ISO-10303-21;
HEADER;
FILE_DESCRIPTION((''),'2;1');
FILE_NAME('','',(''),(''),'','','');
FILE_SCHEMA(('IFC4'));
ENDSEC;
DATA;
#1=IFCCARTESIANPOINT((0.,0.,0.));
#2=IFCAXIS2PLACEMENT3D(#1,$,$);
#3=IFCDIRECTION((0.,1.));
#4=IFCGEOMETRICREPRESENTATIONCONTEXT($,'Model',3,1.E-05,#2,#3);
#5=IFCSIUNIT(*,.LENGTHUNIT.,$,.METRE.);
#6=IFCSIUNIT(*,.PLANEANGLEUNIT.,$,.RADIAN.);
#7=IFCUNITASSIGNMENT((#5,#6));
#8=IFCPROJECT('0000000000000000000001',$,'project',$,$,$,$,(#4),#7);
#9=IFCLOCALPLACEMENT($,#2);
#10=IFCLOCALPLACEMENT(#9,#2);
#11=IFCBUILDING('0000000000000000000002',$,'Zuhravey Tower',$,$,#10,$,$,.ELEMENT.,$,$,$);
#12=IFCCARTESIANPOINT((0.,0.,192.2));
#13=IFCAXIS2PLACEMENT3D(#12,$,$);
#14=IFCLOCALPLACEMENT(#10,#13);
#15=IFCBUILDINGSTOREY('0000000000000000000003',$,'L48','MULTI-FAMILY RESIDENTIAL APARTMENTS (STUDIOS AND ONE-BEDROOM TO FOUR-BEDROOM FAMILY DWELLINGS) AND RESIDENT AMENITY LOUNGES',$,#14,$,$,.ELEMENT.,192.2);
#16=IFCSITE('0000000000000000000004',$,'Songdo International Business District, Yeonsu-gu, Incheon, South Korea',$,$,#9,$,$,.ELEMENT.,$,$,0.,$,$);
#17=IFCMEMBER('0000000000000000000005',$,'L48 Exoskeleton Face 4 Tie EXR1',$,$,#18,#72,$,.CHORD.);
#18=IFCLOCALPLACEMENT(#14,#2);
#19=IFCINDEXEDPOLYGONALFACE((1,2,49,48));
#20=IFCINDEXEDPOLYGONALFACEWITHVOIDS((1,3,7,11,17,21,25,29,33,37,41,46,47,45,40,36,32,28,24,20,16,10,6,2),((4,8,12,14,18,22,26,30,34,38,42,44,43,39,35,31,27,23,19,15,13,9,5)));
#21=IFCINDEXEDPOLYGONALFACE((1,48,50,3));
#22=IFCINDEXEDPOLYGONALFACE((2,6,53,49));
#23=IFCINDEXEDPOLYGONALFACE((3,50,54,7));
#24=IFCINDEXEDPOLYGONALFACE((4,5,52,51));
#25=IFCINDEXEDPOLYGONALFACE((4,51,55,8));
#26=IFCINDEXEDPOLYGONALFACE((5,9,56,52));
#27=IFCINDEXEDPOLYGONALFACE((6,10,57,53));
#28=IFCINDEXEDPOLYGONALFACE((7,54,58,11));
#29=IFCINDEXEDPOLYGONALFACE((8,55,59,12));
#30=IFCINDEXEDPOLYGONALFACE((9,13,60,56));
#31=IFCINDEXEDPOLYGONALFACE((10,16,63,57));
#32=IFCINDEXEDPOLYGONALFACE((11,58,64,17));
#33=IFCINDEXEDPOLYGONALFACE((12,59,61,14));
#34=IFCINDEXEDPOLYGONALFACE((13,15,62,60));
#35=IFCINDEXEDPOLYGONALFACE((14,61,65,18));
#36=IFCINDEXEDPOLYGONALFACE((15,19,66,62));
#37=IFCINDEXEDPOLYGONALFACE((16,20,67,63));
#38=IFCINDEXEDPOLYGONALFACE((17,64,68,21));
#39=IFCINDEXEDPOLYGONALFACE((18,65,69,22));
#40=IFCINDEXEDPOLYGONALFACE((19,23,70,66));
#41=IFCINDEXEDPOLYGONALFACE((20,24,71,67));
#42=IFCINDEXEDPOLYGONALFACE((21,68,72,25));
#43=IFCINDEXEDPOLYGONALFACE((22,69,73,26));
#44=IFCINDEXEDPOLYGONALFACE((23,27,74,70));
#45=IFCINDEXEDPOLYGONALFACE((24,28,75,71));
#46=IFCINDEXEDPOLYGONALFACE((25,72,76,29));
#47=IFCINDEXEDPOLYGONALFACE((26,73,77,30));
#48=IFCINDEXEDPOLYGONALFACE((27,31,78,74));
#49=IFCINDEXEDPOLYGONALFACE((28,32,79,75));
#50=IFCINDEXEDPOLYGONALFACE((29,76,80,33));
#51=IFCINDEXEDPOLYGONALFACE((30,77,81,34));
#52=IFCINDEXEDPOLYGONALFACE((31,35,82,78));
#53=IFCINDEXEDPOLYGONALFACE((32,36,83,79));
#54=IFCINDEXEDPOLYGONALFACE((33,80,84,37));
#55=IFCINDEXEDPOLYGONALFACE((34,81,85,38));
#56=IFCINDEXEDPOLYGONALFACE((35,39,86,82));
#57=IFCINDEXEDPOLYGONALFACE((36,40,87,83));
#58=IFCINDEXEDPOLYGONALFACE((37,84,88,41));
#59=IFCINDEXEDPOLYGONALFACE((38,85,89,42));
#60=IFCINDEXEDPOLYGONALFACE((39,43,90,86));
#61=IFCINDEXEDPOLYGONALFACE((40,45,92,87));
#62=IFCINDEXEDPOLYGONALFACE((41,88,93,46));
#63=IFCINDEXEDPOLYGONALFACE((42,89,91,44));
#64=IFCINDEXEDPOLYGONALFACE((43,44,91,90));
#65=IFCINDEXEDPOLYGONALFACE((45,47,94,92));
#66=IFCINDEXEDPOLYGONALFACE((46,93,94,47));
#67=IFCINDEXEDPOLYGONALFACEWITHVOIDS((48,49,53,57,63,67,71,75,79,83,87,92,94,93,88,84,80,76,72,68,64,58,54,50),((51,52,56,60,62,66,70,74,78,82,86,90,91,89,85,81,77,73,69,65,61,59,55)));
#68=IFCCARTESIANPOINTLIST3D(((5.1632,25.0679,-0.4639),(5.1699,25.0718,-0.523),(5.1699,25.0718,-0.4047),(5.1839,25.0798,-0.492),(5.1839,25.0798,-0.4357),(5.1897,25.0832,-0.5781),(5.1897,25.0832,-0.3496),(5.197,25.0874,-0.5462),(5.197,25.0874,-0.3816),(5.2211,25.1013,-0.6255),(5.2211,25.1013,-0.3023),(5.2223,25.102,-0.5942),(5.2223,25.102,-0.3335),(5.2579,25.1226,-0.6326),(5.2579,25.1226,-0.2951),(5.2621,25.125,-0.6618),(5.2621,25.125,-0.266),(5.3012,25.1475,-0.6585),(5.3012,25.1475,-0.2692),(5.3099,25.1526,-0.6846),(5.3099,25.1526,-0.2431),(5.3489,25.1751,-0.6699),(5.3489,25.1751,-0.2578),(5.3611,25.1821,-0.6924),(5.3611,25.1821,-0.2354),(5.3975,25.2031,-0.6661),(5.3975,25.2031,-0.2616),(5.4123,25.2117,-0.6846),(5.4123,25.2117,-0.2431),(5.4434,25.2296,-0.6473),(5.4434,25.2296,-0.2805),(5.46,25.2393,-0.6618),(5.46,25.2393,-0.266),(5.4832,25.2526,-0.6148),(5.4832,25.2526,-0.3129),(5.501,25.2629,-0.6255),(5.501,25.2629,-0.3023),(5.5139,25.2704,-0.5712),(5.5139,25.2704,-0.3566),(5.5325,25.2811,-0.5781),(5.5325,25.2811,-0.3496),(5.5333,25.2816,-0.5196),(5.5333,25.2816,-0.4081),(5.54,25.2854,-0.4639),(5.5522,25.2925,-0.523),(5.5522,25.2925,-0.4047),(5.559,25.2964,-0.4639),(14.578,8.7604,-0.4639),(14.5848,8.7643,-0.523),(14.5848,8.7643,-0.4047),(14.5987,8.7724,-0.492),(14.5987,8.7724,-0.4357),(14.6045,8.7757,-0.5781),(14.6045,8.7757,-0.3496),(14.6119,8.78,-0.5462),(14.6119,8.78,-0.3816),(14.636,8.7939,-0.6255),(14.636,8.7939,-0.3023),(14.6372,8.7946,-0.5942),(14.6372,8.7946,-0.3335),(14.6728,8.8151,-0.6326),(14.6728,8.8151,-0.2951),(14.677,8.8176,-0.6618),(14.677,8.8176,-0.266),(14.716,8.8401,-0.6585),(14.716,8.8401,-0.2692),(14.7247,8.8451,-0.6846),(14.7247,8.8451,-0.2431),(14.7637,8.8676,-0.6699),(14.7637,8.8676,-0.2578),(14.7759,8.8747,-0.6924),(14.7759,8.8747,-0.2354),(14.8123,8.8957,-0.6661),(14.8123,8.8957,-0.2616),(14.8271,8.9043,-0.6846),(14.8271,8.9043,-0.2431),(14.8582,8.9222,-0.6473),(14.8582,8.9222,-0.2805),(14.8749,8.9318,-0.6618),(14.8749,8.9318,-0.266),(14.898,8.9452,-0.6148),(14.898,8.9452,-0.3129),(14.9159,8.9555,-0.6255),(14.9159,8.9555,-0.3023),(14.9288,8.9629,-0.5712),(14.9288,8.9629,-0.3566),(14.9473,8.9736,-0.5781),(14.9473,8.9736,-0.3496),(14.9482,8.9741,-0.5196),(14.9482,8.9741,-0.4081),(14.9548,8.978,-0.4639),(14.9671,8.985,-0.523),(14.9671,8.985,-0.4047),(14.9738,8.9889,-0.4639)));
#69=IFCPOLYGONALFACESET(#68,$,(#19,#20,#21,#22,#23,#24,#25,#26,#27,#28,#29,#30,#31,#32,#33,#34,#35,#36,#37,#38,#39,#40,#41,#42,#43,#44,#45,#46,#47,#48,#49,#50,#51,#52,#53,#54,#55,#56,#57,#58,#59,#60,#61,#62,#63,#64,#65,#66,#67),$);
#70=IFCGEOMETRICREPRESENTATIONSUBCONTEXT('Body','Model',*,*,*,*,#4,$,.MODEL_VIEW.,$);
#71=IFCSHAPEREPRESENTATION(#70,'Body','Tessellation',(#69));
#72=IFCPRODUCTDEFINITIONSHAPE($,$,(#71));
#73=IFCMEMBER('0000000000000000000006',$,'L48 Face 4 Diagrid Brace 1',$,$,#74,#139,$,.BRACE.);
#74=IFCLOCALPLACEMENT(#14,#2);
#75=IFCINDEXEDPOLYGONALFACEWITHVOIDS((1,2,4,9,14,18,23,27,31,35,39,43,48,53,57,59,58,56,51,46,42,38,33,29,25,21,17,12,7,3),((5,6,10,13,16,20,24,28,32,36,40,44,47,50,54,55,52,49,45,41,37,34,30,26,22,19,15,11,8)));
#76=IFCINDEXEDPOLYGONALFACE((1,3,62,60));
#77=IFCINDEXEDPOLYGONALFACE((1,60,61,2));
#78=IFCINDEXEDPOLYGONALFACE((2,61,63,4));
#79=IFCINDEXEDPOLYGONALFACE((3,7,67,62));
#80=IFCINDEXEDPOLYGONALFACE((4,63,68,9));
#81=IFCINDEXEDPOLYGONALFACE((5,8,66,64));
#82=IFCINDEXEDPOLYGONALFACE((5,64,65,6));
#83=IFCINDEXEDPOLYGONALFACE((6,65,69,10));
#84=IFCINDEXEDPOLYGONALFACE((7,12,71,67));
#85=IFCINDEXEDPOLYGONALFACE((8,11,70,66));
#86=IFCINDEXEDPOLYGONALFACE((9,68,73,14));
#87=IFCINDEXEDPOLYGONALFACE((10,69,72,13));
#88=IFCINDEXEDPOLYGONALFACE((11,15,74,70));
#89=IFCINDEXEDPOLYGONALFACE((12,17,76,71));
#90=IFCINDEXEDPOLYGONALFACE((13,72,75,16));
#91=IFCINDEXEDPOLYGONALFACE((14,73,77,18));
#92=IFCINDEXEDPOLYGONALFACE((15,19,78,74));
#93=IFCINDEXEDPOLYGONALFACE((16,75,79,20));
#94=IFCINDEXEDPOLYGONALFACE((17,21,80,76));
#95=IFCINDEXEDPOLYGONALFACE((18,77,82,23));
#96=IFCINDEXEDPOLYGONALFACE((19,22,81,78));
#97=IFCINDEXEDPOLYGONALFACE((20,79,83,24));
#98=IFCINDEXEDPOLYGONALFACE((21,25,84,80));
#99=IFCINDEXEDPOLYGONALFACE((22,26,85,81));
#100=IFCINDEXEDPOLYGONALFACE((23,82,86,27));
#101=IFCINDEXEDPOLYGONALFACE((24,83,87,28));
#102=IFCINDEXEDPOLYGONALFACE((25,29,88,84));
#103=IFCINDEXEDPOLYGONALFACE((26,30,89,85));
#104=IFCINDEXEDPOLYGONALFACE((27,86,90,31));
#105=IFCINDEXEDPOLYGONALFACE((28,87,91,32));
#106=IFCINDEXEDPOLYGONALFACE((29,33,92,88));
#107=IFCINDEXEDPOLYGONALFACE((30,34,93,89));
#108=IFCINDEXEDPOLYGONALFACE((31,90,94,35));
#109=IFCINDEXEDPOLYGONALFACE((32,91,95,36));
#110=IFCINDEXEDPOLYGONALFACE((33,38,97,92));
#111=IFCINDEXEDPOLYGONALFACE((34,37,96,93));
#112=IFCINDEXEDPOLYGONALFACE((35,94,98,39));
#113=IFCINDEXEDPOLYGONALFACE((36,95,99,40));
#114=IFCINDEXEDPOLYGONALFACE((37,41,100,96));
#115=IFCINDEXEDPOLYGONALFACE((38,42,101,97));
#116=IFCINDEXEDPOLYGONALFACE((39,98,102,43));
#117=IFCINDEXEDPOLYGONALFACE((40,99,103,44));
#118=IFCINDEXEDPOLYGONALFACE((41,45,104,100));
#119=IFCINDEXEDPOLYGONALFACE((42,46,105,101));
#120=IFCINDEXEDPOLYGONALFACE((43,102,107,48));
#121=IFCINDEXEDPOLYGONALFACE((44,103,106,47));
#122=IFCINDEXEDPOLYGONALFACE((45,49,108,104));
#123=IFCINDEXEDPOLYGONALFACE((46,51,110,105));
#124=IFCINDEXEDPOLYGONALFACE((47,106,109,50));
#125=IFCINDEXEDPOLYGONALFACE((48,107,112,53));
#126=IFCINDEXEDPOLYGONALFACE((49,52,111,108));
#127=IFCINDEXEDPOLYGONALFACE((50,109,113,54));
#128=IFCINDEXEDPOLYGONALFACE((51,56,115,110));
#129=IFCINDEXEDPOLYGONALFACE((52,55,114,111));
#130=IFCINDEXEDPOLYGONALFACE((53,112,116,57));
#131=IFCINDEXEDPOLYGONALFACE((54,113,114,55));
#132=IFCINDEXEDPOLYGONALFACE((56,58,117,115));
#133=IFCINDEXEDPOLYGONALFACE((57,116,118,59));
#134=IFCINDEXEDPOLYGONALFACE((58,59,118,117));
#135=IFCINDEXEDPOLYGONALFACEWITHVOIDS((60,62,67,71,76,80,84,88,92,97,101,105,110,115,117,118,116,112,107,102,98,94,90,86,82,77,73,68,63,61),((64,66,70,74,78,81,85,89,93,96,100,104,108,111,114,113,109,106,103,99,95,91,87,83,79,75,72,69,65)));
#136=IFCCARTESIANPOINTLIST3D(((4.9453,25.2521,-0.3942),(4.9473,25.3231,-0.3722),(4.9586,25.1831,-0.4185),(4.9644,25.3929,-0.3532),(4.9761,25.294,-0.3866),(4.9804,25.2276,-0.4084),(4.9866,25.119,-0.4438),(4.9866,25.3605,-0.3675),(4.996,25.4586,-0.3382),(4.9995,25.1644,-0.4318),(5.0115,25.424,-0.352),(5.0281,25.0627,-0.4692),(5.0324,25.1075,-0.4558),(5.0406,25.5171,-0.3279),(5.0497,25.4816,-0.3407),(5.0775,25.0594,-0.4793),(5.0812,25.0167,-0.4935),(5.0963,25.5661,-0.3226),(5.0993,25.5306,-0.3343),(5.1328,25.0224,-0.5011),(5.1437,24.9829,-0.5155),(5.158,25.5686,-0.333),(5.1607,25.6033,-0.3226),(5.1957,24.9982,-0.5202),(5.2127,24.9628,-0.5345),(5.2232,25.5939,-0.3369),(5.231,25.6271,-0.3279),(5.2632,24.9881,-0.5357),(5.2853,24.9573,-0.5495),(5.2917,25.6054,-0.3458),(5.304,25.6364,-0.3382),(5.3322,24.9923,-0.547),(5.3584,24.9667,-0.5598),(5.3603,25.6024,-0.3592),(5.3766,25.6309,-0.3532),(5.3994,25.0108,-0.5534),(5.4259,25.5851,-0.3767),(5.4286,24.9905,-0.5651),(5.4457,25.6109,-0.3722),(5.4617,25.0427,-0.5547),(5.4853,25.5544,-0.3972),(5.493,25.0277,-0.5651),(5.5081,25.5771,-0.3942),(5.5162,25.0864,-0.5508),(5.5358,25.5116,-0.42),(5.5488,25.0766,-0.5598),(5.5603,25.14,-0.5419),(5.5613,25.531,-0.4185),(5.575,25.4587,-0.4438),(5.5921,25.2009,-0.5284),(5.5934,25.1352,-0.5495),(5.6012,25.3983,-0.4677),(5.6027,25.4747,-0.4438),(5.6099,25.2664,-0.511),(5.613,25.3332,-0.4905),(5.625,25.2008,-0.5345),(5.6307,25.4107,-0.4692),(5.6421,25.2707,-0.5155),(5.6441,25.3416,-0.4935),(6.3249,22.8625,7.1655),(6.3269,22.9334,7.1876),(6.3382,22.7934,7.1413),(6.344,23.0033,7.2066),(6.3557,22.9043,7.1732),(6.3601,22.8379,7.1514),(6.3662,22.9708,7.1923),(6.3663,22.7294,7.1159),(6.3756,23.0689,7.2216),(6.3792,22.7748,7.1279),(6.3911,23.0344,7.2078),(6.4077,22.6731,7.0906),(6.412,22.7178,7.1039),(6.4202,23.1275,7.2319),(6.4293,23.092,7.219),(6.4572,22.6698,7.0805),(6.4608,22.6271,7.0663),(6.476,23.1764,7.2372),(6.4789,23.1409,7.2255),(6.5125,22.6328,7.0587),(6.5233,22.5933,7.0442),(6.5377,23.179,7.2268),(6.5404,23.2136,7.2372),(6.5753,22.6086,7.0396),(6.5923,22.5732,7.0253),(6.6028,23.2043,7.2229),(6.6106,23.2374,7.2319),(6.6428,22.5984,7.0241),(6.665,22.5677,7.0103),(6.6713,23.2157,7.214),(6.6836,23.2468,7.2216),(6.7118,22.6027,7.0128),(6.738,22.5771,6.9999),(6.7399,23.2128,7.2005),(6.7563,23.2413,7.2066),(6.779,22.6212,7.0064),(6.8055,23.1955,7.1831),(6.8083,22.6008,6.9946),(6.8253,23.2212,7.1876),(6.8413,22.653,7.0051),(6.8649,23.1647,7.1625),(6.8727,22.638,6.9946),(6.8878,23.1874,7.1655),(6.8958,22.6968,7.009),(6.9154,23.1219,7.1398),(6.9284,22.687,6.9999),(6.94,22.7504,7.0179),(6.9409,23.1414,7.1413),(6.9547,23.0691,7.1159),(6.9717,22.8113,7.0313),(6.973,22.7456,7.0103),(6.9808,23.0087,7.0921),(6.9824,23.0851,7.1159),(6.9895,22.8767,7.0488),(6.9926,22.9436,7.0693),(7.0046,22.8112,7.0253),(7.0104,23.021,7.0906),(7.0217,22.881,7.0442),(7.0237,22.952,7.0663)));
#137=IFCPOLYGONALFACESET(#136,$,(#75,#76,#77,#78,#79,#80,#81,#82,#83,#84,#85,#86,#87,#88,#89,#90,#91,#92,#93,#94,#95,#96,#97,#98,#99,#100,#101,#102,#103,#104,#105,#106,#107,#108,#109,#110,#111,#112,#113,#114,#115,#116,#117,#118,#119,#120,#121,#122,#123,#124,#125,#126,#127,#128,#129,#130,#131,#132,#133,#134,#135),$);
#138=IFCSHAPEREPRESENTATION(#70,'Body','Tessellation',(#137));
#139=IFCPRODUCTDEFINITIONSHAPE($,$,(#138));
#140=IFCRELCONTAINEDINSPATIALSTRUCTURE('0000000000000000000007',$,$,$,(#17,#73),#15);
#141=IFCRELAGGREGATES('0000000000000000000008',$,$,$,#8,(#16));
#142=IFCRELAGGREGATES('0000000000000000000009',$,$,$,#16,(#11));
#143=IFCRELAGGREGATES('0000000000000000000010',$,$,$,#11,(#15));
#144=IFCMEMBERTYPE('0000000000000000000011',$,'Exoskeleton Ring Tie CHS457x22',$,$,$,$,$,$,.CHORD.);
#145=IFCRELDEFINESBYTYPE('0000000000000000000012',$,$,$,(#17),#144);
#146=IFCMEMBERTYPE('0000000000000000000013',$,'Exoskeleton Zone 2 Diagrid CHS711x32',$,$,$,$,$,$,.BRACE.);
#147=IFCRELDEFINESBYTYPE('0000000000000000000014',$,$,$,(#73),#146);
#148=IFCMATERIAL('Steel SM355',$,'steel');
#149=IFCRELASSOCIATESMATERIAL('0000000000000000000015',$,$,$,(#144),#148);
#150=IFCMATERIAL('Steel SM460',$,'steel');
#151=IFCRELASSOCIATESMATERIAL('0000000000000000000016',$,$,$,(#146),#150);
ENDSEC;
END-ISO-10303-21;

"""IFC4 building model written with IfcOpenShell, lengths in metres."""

from ifc_helpers import new_model, si_unit, direction, frame, origin, origin_2d, place, context, subcontext, project, spatial, hollow_circle, extrude, material, material_profile, profile_set, type_object, element, save


model = new_model("IFC4")

# Units and contexts
model_context = context("Model", 3, precision=1e-05, world=origin(), true_north=direction((0.0, 1.0)))
body_context = subcontext(model_context, "Body", "Model", "MODEL_VIEW")
ifc_project = project(units=[si_unit("LENGTHUNIT", "METRE"), si_unit("PLANEANGLEUNIT", "RADIAN")], contexts=[model_context])

# Site, building, storey
site_placement = place(None, origin())
site = spatial("IfcSite", under=ifc_project, at=site_placement, Name="Songdo International Business District, Yeonsu-gu, Incheon, South Korea", CompositionType="ELEMENT", RefElevation=0.0)
building_placement = place(site_placement, origin())
building = spatial("IfcBuilding", under=site, at=building_placement, Name="Zuhravey Tower", CompositionType="ELEMENT")
storey_placement = place(building_placement, frame((0.0, 0.0, 192.2)))
storey = spatial("IfcBuildingStorey", under=building, at=storey_placement, Name="L48", Description="MULTI-FAMILY RESIDENTIAL APARTMENTS (STUDIOS AND ONE-BEDROOM TO FOUR-BEDROOM FAMILY DWELLINGS) AND RESIDENT AMENITY LOUNGES", CompositionType="ELEMENT", Elevation=192.2)

# Members
ifc_material_1 = material(Name="Steel SM355", Category="steel")
ifc_material_profile_1 = material_profile(ifc_material_1, hollow_circle(Radius=0.2285, WallThickness=0.022, at=origin_2d()), Name="CHS-457.2x22")
ifc_profile_set_1 = profile_set([ifc_material_profile_1], Name="Steel SM355")
member_type_1 = type_object("IfcMemberType", Name="Exoskeleton Ring Tie CHS457x22", PredefinedType="CHORD", material=ifc_profile_set_1)
member_1_placement = place(storey_placement, frame((5.3611, 25.1821, -0.4639), z_axis=(0.499989, -0.866032, 0.0), x_axis=(0.866032, 0.499989, 0.0)))
element("IfcMember", 1, at=member_1_placement, inside=storey, type_object=member_type_1, Name="L48 Exoskeleton Face 4 Tie EXR1", PredefinedType="CHORD", context=body_context, shape_type="SweptSolid", body=[
    extrude(hollow_circle(Radius=0.2285, WallThickness=0.022, at=origin_2d()), origin(), (0.0, 0.0, 1.0), 18.8301),
])
ifc_material_2 = material(Name="Steel SM460", Category="steel")
ifc_material_profile_2 = material_profile(ifc_material_2, hollow_circle(Radius=0.3557, WallThickness=0.032, at=origin_2d()), Name="CHS-711.2x32")
ifc_profile_set_2 = profile_set([ifc_material_profile_2], Name="Steel SM460")
member_type_2 = type_object("IfcMemberType", Name="Exoskeleton Zone 2 Diagrid CHS711x32", PredefinedType="BRACE", material=ifc_profile_set_2)
member_2_placement = place(storey_placement, frame((5.2947, 25.2969, -0.4438), z_axis=(0.171434, -0.296938, 0.939382), x_axis=(0.866029, 0.499993, 0.0)))
element("IfcMember", 2, at=member_2_placement, inside=storey, type_object=member_type_2, Name="L48 Face 4 Diagrid Brace 1", PredefinedType="BRACE", context=body_context, shape_type="SweptSolid", body=[
    extrude(hollow_circle(Radius=0.3557, WallThickness=0.032, at=origin_2d()), origin(), (0.0, 0.0, 1.0), 8.0476),
])

save(model, "model.ifc")
